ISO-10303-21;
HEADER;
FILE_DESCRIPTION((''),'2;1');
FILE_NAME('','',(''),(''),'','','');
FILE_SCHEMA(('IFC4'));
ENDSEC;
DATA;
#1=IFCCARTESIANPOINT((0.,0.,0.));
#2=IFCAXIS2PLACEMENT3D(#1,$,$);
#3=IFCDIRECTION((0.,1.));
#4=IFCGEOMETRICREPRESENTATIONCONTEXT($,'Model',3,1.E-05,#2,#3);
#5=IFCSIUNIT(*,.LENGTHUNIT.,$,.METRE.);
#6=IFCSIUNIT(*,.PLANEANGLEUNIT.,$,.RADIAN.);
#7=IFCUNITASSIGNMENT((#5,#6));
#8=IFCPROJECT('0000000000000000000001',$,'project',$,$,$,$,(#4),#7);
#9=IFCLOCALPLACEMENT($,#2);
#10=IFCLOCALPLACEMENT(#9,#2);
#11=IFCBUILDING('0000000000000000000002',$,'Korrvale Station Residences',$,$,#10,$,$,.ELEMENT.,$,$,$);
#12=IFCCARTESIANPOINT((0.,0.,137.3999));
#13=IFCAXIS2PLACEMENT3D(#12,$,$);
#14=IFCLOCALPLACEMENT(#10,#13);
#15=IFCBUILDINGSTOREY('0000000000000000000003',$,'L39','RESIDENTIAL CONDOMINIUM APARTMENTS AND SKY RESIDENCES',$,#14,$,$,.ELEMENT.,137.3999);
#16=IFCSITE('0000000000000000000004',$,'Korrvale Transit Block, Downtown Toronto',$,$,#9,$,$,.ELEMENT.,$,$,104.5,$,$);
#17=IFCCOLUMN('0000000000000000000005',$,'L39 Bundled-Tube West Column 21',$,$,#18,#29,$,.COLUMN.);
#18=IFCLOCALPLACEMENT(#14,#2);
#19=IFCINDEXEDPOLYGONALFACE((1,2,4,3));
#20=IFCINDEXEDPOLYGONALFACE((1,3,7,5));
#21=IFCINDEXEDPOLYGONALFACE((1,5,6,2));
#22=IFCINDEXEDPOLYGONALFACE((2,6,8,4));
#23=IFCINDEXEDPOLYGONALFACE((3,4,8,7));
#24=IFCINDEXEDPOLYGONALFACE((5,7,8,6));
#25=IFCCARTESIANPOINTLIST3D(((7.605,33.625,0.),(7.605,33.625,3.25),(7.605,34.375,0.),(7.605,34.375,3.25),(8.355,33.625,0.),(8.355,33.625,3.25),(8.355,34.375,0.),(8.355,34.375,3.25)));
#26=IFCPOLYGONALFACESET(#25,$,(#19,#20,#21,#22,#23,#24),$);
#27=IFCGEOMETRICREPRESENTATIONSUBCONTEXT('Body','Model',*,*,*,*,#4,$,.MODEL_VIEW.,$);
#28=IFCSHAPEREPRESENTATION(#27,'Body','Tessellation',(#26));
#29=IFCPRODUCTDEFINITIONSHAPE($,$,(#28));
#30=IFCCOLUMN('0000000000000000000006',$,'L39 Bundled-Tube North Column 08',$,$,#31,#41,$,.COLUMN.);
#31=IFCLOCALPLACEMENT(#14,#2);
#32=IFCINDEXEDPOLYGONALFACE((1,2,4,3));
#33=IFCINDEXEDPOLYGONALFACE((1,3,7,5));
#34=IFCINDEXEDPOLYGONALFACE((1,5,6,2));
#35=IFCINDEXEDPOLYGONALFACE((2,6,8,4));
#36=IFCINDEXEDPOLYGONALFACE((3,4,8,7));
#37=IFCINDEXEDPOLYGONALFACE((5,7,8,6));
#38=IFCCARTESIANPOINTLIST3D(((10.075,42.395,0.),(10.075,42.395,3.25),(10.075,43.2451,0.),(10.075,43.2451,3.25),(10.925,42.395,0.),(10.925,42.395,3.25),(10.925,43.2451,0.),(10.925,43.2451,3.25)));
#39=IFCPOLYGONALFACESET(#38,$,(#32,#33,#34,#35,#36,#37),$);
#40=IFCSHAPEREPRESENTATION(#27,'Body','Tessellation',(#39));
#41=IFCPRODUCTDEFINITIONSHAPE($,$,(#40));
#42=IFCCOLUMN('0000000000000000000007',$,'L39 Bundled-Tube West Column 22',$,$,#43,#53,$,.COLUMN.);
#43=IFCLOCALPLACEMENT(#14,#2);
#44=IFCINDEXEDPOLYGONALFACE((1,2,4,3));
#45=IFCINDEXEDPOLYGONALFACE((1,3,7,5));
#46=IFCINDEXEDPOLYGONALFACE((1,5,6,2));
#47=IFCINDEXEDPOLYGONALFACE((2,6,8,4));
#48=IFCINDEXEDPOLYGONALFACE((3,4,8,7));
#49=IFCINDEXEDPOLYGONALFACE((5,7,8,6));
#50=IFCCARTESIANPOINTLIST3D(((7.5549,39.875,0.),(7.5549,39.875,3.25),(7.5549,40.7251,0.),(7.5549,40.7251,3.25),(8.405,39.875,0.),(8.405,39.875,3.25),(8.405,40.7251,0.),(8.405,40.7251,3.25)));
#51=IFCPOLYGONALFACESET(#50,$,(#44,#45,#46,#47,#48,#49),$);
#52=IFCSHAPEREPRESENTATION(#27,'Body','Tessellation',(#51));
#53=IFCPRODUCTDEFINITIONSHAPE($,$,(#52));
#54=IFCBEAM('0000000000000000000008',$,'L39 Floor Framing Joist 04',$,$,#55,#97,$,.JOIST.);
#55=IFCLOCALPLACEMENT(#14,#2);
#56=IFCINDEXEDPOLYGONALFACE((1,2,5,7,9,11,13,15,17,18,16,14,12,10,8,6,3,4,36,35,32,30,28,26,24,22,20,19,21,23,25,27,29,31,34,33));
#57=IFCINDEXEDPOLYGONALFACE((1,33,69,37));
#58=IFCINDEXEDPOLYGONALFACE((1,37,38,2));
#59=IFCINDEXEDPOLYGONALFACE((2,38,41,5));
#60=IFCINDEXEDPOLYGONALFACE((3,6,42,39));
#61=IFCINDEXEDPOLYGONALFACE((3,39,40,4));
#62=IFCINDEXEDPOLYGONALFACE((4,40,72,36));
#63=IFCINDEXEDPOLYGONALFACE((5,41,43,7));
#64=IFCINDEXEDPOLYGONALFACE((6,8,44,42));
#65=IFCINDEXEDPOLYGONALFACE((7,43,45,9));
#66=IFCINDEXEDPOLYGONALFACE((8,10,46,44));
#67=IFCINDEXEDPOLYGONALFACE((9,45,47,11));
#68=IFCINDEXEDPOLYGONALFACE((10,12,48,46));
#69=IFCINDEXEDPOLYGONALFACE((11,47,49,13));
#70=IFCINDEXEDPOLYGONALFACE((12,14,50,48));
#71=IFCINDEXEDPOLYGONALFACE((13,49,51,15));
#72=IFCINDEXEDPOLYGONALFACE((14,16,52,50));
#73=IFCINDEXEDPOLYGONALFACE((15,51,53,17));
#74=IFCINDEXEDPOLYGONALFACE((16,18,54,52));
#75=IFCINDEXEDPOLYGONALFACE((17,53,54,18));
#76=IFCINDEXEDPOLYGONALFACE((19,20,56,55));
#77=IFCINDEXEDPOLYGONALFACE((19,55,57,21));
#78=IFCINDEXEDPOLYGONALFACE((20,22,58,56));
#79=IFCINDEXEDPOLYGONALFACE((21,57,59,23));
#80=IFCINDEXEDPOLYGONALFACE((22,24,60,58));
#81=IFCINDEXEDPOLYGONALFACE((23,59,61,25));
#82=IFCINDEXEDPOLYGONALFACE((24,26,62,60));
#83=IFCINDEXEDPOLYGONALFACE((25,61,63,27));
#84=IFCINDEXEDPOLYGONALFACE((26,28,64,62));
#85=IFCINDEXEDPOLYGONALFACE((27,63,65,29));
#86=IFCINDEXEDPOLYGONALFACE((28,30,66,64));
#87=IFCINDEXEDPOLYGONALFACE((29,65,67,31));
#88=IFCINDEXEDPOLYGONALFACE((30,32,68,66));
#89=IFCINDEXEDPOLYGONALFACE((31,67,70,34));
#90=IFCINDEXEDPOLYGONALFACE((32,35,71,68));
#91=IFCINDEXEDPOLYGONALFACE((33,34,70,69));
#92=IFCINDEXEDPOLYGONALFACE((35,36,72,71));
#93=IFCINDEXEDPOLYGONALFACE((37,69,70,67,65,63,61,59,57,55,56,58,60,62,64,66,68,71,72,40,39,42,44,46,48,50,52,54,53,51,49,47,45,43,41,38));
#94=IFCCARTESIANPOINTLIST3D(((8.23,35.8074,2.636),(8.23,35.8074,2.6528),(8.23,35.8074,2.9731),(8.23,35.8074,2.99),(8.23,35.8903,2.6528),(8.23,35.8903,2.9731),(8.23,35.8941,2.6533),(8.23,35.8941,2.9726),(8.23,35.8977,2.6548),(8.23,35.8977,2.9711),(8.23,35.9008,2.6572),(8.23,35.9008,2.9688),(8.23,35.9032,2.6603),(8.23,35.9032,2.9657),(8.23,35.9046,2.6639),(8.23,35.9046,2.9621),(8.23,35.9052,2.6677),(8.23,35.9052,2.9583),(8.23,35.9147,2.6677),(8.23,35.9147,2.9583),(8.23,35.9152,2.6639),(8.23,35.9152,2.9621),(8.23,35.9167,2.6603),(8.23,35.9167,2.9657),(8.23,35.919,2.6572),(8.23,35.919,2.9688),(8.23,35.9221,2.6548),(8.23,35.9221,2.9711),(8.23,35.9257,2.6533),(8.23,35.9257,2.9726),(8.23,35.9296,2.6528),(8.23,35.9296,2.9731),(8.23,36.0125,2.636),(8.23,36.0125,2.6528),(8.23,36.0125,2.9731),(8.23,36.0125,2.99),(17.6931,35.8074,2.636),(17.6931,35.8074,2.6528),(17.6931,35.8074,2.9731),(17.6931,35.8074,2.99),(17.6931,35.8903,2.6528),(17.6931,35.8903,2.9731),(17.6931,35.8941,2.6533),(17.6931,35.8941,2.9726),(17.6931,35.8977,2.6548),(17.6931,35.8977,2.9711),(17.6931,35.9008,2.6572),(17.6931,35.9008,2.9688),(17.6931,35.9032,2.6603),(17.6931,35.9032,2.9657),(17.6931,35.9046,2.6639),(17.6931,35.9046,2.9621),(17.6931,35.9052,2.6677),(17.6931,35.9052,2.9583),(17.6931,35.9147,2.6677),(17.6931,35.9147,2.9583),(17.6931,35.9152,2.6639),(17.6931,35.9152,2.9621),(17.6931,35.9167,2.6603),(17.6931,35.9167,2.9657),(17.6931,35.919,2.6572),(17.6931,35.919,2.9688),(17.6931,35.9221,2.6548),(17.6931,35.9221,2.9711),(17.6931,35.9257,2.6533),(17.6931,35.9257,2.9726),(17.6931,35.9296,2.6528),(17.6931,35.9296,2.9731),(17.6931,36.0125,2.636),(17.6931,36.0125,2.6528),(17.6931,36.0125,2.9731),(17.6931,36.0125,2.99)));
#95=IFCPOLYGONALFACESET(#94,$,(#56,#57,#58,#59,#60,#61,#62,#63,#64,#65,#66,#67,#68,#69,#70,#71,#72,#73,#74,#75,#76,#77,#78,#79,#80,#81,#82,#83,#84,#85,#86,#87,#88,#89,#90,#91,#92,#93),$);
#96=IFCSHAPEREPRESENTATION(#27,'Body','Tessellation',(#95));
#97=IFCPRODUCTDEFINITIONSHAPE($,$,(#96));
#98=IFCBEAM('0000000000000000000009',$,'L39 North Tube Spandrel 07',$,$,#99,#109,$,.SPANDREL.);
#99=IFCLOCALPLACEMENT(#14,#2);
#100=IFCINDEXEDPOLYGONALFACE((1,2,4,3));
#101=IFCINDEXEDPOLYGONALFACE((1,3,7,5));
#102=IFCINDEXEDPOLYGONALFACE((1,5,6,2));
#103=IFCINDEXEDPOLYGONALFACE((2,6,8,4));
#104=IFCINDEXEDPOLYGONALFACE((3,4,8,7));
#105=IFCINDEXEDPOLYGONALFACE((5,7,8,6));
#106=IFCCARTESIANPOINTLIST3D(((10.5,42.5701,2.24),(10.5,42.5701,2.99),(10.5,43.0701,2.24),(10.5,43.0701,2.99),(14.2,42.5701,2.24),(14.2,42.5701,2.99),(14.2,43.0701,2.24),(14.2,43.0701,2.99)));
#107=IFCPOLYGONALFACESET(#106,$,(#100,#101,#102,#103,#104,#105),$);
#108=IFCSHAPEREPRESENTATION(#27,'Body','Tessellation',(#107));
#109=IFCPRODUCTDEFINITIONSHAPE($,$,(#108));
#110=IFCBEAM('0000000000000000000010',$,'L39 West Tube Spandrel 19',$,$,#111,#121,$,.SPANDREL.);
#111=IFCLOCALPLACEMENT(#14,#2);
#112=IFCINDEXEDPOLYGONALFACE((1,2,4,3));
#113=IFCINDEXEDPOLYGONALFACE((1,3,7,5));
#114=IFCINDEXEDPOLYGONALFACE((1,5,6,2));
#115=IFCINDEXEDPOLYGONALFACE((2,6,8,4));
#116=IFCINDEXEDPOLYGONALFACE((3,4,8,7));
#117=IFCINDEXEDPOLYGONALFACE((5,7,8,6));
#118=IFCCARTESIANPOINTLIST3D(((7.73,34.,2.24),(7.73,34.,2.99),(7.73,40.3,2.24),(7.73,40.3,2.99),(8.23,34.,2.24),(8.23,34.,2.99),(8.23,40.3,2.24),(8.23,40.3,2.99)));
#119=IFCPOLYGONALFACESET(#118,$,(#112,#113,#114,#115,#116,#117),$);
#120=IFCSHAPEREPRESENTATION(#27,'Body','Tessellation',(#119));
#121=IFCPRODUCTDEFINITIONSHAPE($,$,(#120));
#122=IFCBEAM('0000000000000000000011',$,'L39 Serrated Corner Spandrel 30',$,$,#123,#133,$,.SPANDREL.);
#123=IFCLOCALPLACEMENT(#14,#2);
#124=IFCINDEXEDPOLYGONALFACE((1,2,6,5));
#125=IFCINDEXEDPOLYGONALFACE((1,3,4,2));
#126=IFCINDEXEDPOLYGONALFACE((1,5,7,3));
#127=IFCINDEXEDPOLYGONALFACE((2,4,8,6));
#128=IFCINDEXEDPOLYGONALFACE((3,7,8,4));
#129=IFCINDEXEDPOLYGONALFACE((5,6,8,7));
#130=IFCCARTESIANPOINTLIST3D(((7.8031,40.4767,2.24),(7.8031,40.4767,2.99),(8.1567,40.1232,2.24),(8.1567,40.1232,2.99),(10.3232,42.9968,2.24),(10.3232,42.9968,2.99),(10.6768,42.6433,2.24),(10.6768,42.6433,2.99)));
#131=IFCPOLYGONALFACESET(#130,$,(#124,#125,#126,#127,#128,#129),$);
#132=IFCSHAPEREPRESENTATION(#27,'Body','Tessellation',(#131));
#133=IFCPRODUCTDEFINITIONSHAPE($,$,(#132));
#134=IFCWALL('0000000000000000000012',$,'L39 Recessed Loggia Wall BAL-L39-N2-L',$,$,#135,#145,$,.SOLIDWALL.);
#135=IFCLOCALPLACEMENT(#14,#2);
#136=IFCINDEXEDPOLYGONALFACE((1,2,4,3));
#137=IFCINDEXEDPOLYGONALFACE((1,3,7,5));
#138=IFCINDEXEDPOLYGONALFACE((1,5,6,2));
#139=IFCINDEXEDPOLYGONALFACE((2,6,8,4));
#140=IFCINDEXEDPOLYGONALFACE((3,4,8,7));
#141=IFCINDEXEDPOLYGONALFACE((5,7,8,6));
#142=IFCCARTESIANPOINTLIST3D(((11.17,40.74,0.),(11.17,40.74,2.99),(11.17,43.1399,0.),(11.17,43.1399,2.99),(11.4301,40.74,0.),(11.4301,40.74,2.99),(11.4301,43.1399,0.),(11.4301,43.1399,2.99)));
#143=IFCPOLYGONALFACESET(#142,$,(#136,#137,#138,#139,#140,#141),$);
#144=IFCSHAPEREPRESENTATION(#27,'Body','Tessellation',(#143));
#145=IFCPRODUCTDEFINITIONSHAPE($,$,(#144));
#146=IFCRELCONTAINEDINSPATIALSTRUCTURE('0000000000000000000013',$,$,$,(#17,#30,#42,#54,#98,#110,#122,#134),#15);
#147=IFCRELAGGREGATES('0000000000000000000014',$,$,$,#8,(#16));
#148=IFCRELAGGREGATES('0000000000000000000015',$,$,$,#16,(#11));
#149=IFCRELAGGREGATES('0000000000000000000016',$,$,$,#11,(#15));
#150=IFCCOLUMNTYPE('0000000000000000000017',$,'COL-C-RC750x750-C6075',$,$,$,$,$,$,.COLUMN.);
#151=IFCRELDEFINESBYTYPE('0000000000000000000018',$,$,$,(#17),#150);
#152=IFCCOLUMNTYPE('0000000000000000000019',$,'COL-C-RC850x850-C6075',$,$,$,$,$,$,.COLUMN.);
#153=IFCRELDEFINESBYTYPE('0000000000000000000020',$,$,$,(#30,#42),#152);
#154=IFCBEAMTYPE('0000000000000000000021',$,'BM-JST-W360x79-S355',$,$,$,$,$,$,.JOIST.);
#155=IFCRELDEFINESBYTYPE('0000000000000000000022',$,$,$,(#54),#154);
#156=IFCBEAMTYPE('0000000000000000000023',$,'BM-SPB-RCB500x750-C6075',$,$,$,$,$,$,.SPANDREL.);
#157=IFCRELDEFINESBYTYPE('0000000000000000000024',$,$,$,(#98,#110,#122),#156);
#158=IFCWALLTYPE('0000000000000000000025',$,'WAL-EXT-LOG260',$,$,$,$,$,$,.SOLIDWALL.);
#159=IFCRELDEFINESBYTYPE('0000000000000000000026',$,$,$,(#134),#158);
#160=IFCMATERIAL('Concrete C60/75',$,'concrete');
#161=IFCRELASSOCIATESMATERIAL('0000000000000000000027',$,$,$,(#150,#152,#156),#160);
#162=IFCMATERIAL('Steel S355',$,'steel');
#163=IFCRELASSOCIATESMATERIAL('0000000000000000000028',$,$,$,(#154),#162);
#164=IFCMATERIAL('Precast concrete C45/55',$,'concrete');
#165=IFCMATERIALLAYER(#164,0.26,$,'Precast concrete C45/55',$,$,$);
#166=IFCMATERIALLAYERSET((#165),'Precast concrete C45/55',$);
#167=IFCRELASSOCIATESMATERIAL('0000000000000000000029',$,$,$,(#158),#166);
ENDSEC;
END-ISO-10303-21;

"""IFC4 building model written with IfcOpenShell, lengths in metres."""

from ifc_helpers import new_model, si_unit, direction, frame, frame_2d, origin, origin_2d, place, context, subcontext, project, spatial, rectangle, i_section, extrude, material, layer, layer_set, material_profile, profile_set, type_object, element, save


model = new_model("IFC4")

# Units and contexts
model_context = context("Model", 3, precision=1e-05, world=origin(), true_north=direction((0.0, 1.0)))
body_context = subcontext(model_context, "Body", "Model", "MODEL_VIEW")
ifc_project = project(units=[si_unit("LENGTHUNIT", "METRE"), si_unit("PLANEANGLEUNIT", "RADIAN")], contexts=[model_context])

# Site, building, storey
site_placement = place(None, origin())
site = spatial("IfcSite", under=ifc_project, at=site_placement, Name="Korrvale Transit Block, Downtown Toronto", CompositionType="ELEMENT", RefElevation=104.5)
building_placement = place(site_placement, origin())
building = spatial("IfcBuilding", under=site, at=building_placement, Name="Korrvale Station Residences", CompositionType="ELEMENT")
storey_placement = place(building_placement, frame((0.0, 0.0, 137.3999)))
storey = spatial("IfcBuildingStorey", under=building, at=storey_placement, Name="L39", Description="RESIDENTIAL CONDOMINIUM APARTMENTS AND SKY RESIDENCES", CompositionType="ELEMENT", Elevation=137.3999)

# Columns
ifc_material_1 = material(Name="Concrete C60/75", Category="concrete")
ifc_material_profile_1 = material_profile(ifc_material_1, rectangle(XDim=0.75, YDim=0.75, at=origin_2d()), Name="RC750x750")
ifc_profile_set_1 = profile_set([ifc_material_profile_1], Name="Concrete C60/75")
column_type_1 = type_object("IfcColumnType", Name="COL-C-RC750x750-C6075", PredefinedType="COLUMN", material=ifc_profile_set_1)
column_placement = place(storey_placement, frame((7.98, 34.0, 0.0), z_axis=(0.0, 0.0, 1.0), x_axis=(1.0, 0.0, 0.0)))
element("IfcColumn", 1, at=column_placement, inside=storey, type_object=column_type_1, Name="L39 Bundled-Tube West Column 21", PredefinedType="COLUMN", context=body_context, shape_type="SweptSolid", body=[
    extrude(rectangle(XDim=0.75, YDim=0.75, at=origin_2d()), origin(), (0.0, 0.0, 1.0), 3.25),
])
ifc_material_profile_2 = material_profile(ifc_material_1, rectangle(XDim=0.8501, YDim=0.8501, at=origin_2d()), Name="RC850x850")
ifc_profile_set_2 = profile_set([ifc_material_profile_2], Name="Concrete C60/75")
column_type_2 = type_object("IfcColumnType", Name="COL-C-RC850x850-C6075", PredefinedType="COLUMN", material=ifc_profile_set_2)
for number, where, z_axis, x_axis, name in (
    (2, (10.5, 42.8201, 0.0), (0.0, 0.0, 1.0), (1.0, 0.0, 0.0), "L39 Bundled-Tube North Column 08"),
    (3, (7.98, 40.3, 0.0), (0.0, 0.0, 1.0), (1.0, 0.0, 0.0), "L39 Bundled-Tube West Column 22"),
):
    element("IfcColumn", number, at=place(storey_placement, frame(where, z_axis=z_axis, x_axis=x_axis)), inside=storey, type_object=column_type_2, Name=name, PredefinedType="COLUMN", context=body_context, shape_type="SweptSolid", body=[
        extrude(rectangle(XDim=0.8501, YDim=0.8501, at=origin_2d()), origin(), (0.0, 0.0, 1.0), 3.25),
    ])

# Beams
ifc_material_2 = material(Name="Steel S355", Category="steel")
ifc_material_profile_3 = material_profile(ifc_material_2, i_section(OverallWidth=0.2051, OverallDepth=0.354, WebThickness=0.0095, FlangeThickness=0.0168, FilletRadius=0.0149, at=origin_2d()), Name="W360x79")
ifc_profile_set_3 = profile_set([ifc_material_profile_3], Name="Steel S355")
beam_type_1 = type_object("IfcBeamType", Name="BM-JST-W360x79-S355", PredefinedType="JOIST", material=ifc_profile_set_3)
beam_1_placement = place(storey_placement, frame((8.23, 35.9099, 2.813), z_axis=(1.0, 0.0, 0.0), x_axis=(0.0, 1.0, 0.0)))
element("IfcBeam", 4, at=beam_1_placement, inside=storey, type_object=beam_type_1, Name="L39 Floor Framing Joist 04", PredefinedType="JOIST", context=body_context, shape_type="SweptSolid", body=[
    extrude(i_section(OverallWidth=0.2051, OverallDepth=0.354, WebThickness=0.0095, FlangeThickness=0.0168, FilletRadius=0.0149, at=origin_2d()), origin(), (0.0, 0.0, 1.0), 9.4631),
])
ifc_material_profile_4 = material_profile(ifc_material_1, rectangle(XDim=0.5, YDim=0.75, at=origin_2d()), Name="RCB500x750")
ifc_profile_set_4 = profile_set([ifc_material_profile_4], Name="Concrete C60/75")
beam_type_2 = type_object("IfcBeamType", Name="BM-SPB-RCB500x750-C6075", PredefinedType="SPANDREL", material=ifc_profile_set_4)
beam_2_placement = place(storey_placement, frame((10.5, 42.8201, 2.615), z_axis=(1.0, 0.0, 0.0), x_axis=(0.0, 1.0, 0.0)))
element("IfcBeam", 5, at=beam_2_placement, inside=storey, type_object=beam_type_2, Name="L39 North Tube Spandrel 07", PredefinedType="SPANDREL", context=body_context, shape_type="SweptSolid", body=[
    extrude(rectangle(XDim=0.5, YDim=0.75, at=origin_2d()), origin(), (0.0, 0.0, 1.0), 3.7),
])
beam_3_placement = place(storey_placement, frame((7.98, 34.0, 2.615), z_axis=(0.0, 1.0, 0.0), x_axis=(-1.0, 0.0, 0.0)))
element("IfcBeam", 6, at=beam_3_placement, inside=storey, type_object=beam_type_2, Name="L39 West Tube Spandrel 19", PredefinedType="SPANDREL", context=body_context, shape_type="SweptSolid", body=[
    extrude(rectangle(XDim=0.5, YDim=0.75, at=origin_2d()), origin(), (0.0, 0.0, 1.0), 6.3),
])
beam_4_placement = place(storey_placement, frame((10.5, 42.8201, 2.615), z_axis=(-0.707107, -0.707107, 0.0), x_axis=(0.707107, -0.707107, 0.0)))
element("IfcBeam", 7, at=beam_4_placement, inside=storey, type_object=beam_type_2, Name="L39 Serrated Corner Spandrel 30", PredefinedType="SPANDREL", context=body_context, shape_type="SweptSolid", body=[
    extrude(rectangle(XDim=0.5, YDim=0.75, at=origin_2d()), origin(), (0.0, 0.0, 1.0), 3.564),
])

# Wall
ifc_material_3 = material(Name="Precast concrete C45/55", Category="concrete")
ifc_layer_1 = layer(ifc_material_3, 0.26, Name="Precast concrete C45/55")
ifc_layer_set_1 = layer_set([ifc_layer_1], Name="Precast concrete C45/55")
wall_type_1 = type_object("IfcWallType", Name="WAL-EXT-LOG260", PredefinedType="SOLIDWALL", material=ifc_layer_set_1)
wall_1_placement = place(storey_placement, frame((11.3, 43.1399, 0.0), z_axis=(0.0, 0.0, 1.0), x_axis=(0.0, -1.0, 0.0)))
element("IfcWall", 8, at=wall_1_placement, inside=storey, type_object=wall_type_1, Name="L39 Recessed Loggia Wall BAL-L39-N2-L", PredefinedType="SOLIDWALL", context=body_context, shape_type="SweptSolid", body=[
    extrude(rectangle(XDim=2.3999, YDim=0.26, at=frame_2d((1.2, 0.0))), origin(), (0.0, 0.0, 1.0), 2.99),
])

save(model, "model.ifc")
